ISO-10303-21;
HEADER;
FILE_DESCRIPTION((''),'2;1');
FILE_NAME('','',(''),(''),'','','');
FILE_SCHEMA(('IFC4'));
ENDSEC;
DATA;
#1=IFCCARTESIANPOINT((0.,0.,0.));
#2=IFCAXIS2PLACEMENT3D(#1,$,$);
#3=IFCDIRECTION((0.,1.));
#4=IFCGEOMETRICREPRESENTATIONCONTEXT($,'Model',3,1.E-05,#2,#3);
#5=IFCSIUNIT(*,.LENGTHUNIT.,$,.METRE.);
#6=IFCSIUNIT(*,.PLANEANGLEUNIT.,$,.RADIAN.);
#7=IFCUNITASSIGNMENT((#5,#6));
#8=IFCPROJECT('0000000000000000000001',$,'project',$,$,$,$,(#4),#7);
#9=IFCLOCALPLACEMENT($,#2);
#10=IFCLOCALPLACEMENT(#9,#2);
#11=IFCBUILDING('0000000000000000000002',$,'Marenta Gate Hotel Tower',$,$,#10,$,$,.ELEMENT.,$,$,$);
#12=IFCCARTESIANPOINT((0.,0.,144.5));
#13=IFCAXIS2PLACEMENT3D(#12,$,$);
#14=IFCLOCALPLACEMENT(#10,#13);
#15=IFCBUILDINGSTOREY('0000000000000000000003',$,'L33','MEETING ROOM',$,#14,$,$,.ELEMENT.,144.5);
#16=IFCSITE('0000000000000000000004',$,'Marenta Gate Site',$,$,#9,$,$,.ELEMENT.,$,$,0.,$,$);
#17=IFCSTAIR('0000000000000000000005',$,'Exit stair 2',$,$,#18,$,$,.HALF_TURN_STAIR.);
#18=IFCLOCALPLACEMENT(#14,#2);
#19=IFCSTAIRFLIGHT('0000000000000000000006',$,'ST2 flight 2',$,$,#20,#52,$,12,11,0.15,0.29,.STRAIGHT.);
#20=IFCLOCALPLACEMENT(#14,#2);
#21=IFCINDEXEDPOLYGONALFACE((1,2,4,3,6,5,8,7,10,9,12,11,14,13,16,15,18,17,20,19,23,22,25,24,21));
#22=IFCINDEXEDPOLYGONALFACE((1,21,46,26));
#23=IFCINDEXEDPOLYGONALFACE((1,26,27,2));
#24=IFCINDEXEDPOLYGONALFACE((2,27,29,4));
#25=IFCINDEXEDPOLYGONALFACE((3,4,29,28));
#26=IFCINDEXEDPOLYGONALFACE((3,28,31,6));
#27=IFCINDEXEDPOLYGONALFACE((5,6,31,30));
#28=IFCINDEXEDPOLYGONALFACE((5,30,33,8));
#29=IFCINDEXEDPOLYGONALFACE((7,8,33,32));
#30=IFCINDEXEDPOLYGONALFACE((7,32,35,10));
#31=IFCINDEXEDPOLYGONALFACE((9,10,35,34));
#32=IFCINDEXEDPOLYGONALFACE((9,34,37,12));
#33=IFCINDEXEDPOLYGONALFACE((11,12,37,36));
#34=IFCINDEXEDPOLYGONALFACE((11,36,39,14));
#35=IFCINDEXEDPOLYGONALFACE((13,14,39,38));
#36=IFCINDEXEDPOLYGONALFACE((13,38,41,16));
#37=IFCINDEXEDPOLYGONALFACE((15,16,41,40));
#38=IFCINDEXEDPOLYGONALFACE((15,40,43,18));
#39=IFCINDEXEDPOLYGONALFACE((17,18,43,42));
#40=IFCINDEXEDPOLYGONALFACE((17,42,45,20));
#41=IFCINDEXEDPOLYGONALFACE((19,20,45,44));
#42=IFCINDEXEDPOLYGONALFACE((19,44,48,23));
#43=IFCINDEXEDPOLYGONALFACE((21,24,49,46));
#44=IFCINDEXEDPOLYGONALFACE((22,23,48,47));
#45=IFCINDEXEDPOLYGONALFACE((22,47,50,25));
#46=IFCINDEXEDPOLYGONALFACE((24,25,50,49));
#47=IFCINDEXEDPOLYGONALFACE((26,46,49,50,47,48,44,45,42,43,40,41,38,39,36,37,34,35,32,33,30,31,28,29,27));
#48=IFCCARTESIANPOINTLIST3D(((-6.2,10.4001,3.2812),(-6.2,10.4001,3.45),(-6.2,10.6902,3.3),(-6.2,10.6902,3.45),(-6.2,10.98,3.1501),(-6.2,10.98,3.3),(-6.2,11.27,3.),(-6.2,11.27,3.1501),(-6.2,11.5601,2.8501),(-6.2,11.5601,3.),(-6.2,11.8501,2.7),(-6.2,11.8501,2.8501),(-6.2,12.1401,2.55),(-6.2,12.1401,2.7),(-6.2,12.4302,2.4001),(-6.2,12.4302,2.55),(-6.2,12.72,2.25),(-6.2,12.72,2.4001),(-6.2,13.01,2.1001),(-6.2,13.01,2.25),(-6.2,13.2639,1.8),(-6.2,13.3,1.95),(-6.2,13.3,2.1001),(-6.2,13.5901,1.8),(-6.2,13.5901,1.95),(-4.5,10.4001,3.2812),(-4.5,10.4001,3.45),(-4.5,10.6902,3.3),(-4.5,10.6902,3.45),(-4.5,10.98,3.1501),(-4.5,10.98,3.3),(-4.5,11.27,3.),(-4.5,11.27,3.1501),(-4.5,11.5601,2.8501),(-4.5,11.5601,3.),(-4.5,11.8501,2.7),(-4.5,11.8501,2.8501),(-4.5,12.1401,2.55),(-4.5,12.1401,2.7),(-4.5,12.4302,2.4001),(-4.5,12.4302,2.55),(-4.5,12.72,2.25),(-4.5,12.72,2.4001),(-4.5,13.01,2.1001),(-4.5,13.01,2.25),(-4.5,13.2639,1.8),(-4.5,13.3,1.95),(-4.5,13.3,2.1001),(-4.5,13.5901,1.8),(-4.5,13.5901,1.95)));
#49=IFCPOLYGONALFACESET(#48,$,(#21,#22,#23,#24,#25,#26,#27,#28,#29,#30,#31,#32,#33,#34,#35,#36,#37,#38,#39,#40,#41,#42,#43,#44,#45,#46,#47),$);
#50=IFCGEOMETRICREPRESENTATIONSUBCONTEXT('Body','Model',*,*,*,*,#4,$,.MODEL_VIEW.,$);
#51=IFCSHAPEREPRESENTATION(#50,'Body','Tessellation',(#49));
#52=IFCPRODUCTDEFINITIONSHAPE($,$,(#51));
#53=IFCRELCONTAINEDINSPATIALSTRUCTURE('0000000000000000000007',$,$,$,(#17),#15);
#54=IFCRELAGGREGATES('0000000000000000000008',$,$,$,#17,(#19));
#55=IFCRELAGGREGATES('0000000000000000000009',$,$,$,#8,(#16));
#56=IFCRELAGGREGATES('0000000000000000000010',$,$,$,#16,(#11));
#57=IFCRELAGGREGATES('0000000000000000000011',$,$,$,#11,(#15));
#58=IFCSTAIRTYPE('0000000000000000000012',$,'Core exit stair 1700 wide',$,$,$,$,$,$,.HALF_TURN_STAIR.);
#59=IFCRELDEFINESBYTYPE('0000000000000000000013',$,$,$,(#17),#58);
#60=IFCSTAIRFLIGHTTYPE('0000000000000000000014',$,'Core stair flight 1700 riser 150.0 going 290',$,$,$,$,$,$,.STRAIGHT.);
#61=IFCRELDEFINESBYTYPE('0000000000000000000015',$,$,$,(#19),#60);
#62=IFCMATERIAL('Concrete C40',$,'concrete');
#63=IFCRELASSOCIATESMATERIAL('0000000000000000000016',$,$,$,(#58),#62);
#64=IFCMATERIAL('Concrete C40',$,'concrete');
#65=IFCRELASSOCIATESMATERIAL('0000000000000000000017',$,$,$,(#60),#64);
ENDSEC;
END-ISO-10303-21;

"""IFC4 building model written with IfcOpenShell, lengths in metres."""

from ifc_helpers import new_model, si_unit, direction, frame, origin, place, context, subcontext, project, spatial, polyline, outline, extrude, material, type_object, element, aggregate, save


model = new_model("IFC4")

# Units and contexts
model_context = context("Model", 3, precision=1e-05, world=origin(), true_north=direction((0.0, 1.0)))
body_context = subcontext(model_context, "Body", "Model", "MODEL_VIEW")
ifc_project = project(units=[si_unit("LENGTHUNIT", "METRE"), si_unit("PLANEANGLEUNIT", "RADIAN")], contexts=[model_context])

# Site, building, storey
site_placement = place(None, origin())
site = spatial("IfcSite", under=ifc_project, at=site_placement, Name="Marenta Gate Site", CompositionType="ELEMENT", RefElevation=0.0)
building_placement = place(site_placement, origin())
building = spatial("IfcBuilding", under=site, at=building_placement, Name="Marenta Gate Hotel Tower", CompositionType="ELEMENT")
storey_placement = place(building_placement, frame((0.0, 0.0, 144.5)))
storey = spatial("IfcBuildingStorey", under=building, at=storey_placement, Name="L33", Description="MEETING ROOM", CompositionType="ELEMENT", Elevation=144.5)

# Stair, stair flight
ifc_material_1 = material(Name="Concrete C40", Category="concrete")
stair_type = type_object("IfcStairType", Name="Core exit stair 1700 wide", PredefinedType="HALF_TURN_STAIR", material=ifc_material_1)
ifc_material_2 = material(Name="Concrete C40", Category="concrete")
stair_flight_type = type_object("IfcStairFlightType", Name="Core stair flight 1700 riser 150.0 going 290", PredefinedType="STRAIGHT", material=ifc_material_2)
stair_1_placement = place(storey_placement, origin())
stair_1 = element("IfcStair", 1, at=stair_1_placement, inside=storey, type_object=stair_type, Name="Exit stair 2", PredefinedType="HALF_TURN_STAIR")
stair_flight_1_placement = place(storey_placement, frame((-5.3501, 13.5901, 1.8), z_axis=(0.0, 0.0, 1.0), x_axis=(0.0, -1.0, 0.0)))
stair_flight_1 = element("IfcStairFlight", 2, at=stair_flight_1_placement, type_object=stair_flight_type, Name="ST2 flight 2", NumberOfRisers=12, NumberOfTreads=11, PredefinedType="STRAIGHT", RiserHeight=0.15, TreadLength=0.29, context=body_context, shape_type="SweptSolid", body=[
    extrude(outline(polyline([(0.0, 0.0), (0.0, 0.1499), (0.29, 0.1499), (0.29, 0.3), (0.5801, 0.3), (0.5801, 0.45), (0.8701, 0.45), (0.8701, 0.6001), (1.1599, 0.6001), (1.1599, 0.75), (1.45, 0.75), (1.45, 0.8999), (1.74, 0.8999), (1.74, 1.05), (2.03, 1.05), (2.03, 1.2), (2.3201, 1.2), (2.3201, 1.3501), (2.6101, 1.3501), (2.6101, 1.5), (2.8999, 1.5), (2.8999, 1.6499), (3.1899, 1.6499), (3.1899, 1.8), (3.1899, 1.4812), (0.3262, 0.0), (0.0, 0.0)])), frame((0.0, 0.8501, 0.0), z_axis=(0.0, -1.0, 0.0), x_axis=(1.0, 0.0, 0.0)), (0.0, 0.0, 1.0), 1.7),
])
aggregate(stair_1, [stair_flight_1])

save(model, "model.ifc")
